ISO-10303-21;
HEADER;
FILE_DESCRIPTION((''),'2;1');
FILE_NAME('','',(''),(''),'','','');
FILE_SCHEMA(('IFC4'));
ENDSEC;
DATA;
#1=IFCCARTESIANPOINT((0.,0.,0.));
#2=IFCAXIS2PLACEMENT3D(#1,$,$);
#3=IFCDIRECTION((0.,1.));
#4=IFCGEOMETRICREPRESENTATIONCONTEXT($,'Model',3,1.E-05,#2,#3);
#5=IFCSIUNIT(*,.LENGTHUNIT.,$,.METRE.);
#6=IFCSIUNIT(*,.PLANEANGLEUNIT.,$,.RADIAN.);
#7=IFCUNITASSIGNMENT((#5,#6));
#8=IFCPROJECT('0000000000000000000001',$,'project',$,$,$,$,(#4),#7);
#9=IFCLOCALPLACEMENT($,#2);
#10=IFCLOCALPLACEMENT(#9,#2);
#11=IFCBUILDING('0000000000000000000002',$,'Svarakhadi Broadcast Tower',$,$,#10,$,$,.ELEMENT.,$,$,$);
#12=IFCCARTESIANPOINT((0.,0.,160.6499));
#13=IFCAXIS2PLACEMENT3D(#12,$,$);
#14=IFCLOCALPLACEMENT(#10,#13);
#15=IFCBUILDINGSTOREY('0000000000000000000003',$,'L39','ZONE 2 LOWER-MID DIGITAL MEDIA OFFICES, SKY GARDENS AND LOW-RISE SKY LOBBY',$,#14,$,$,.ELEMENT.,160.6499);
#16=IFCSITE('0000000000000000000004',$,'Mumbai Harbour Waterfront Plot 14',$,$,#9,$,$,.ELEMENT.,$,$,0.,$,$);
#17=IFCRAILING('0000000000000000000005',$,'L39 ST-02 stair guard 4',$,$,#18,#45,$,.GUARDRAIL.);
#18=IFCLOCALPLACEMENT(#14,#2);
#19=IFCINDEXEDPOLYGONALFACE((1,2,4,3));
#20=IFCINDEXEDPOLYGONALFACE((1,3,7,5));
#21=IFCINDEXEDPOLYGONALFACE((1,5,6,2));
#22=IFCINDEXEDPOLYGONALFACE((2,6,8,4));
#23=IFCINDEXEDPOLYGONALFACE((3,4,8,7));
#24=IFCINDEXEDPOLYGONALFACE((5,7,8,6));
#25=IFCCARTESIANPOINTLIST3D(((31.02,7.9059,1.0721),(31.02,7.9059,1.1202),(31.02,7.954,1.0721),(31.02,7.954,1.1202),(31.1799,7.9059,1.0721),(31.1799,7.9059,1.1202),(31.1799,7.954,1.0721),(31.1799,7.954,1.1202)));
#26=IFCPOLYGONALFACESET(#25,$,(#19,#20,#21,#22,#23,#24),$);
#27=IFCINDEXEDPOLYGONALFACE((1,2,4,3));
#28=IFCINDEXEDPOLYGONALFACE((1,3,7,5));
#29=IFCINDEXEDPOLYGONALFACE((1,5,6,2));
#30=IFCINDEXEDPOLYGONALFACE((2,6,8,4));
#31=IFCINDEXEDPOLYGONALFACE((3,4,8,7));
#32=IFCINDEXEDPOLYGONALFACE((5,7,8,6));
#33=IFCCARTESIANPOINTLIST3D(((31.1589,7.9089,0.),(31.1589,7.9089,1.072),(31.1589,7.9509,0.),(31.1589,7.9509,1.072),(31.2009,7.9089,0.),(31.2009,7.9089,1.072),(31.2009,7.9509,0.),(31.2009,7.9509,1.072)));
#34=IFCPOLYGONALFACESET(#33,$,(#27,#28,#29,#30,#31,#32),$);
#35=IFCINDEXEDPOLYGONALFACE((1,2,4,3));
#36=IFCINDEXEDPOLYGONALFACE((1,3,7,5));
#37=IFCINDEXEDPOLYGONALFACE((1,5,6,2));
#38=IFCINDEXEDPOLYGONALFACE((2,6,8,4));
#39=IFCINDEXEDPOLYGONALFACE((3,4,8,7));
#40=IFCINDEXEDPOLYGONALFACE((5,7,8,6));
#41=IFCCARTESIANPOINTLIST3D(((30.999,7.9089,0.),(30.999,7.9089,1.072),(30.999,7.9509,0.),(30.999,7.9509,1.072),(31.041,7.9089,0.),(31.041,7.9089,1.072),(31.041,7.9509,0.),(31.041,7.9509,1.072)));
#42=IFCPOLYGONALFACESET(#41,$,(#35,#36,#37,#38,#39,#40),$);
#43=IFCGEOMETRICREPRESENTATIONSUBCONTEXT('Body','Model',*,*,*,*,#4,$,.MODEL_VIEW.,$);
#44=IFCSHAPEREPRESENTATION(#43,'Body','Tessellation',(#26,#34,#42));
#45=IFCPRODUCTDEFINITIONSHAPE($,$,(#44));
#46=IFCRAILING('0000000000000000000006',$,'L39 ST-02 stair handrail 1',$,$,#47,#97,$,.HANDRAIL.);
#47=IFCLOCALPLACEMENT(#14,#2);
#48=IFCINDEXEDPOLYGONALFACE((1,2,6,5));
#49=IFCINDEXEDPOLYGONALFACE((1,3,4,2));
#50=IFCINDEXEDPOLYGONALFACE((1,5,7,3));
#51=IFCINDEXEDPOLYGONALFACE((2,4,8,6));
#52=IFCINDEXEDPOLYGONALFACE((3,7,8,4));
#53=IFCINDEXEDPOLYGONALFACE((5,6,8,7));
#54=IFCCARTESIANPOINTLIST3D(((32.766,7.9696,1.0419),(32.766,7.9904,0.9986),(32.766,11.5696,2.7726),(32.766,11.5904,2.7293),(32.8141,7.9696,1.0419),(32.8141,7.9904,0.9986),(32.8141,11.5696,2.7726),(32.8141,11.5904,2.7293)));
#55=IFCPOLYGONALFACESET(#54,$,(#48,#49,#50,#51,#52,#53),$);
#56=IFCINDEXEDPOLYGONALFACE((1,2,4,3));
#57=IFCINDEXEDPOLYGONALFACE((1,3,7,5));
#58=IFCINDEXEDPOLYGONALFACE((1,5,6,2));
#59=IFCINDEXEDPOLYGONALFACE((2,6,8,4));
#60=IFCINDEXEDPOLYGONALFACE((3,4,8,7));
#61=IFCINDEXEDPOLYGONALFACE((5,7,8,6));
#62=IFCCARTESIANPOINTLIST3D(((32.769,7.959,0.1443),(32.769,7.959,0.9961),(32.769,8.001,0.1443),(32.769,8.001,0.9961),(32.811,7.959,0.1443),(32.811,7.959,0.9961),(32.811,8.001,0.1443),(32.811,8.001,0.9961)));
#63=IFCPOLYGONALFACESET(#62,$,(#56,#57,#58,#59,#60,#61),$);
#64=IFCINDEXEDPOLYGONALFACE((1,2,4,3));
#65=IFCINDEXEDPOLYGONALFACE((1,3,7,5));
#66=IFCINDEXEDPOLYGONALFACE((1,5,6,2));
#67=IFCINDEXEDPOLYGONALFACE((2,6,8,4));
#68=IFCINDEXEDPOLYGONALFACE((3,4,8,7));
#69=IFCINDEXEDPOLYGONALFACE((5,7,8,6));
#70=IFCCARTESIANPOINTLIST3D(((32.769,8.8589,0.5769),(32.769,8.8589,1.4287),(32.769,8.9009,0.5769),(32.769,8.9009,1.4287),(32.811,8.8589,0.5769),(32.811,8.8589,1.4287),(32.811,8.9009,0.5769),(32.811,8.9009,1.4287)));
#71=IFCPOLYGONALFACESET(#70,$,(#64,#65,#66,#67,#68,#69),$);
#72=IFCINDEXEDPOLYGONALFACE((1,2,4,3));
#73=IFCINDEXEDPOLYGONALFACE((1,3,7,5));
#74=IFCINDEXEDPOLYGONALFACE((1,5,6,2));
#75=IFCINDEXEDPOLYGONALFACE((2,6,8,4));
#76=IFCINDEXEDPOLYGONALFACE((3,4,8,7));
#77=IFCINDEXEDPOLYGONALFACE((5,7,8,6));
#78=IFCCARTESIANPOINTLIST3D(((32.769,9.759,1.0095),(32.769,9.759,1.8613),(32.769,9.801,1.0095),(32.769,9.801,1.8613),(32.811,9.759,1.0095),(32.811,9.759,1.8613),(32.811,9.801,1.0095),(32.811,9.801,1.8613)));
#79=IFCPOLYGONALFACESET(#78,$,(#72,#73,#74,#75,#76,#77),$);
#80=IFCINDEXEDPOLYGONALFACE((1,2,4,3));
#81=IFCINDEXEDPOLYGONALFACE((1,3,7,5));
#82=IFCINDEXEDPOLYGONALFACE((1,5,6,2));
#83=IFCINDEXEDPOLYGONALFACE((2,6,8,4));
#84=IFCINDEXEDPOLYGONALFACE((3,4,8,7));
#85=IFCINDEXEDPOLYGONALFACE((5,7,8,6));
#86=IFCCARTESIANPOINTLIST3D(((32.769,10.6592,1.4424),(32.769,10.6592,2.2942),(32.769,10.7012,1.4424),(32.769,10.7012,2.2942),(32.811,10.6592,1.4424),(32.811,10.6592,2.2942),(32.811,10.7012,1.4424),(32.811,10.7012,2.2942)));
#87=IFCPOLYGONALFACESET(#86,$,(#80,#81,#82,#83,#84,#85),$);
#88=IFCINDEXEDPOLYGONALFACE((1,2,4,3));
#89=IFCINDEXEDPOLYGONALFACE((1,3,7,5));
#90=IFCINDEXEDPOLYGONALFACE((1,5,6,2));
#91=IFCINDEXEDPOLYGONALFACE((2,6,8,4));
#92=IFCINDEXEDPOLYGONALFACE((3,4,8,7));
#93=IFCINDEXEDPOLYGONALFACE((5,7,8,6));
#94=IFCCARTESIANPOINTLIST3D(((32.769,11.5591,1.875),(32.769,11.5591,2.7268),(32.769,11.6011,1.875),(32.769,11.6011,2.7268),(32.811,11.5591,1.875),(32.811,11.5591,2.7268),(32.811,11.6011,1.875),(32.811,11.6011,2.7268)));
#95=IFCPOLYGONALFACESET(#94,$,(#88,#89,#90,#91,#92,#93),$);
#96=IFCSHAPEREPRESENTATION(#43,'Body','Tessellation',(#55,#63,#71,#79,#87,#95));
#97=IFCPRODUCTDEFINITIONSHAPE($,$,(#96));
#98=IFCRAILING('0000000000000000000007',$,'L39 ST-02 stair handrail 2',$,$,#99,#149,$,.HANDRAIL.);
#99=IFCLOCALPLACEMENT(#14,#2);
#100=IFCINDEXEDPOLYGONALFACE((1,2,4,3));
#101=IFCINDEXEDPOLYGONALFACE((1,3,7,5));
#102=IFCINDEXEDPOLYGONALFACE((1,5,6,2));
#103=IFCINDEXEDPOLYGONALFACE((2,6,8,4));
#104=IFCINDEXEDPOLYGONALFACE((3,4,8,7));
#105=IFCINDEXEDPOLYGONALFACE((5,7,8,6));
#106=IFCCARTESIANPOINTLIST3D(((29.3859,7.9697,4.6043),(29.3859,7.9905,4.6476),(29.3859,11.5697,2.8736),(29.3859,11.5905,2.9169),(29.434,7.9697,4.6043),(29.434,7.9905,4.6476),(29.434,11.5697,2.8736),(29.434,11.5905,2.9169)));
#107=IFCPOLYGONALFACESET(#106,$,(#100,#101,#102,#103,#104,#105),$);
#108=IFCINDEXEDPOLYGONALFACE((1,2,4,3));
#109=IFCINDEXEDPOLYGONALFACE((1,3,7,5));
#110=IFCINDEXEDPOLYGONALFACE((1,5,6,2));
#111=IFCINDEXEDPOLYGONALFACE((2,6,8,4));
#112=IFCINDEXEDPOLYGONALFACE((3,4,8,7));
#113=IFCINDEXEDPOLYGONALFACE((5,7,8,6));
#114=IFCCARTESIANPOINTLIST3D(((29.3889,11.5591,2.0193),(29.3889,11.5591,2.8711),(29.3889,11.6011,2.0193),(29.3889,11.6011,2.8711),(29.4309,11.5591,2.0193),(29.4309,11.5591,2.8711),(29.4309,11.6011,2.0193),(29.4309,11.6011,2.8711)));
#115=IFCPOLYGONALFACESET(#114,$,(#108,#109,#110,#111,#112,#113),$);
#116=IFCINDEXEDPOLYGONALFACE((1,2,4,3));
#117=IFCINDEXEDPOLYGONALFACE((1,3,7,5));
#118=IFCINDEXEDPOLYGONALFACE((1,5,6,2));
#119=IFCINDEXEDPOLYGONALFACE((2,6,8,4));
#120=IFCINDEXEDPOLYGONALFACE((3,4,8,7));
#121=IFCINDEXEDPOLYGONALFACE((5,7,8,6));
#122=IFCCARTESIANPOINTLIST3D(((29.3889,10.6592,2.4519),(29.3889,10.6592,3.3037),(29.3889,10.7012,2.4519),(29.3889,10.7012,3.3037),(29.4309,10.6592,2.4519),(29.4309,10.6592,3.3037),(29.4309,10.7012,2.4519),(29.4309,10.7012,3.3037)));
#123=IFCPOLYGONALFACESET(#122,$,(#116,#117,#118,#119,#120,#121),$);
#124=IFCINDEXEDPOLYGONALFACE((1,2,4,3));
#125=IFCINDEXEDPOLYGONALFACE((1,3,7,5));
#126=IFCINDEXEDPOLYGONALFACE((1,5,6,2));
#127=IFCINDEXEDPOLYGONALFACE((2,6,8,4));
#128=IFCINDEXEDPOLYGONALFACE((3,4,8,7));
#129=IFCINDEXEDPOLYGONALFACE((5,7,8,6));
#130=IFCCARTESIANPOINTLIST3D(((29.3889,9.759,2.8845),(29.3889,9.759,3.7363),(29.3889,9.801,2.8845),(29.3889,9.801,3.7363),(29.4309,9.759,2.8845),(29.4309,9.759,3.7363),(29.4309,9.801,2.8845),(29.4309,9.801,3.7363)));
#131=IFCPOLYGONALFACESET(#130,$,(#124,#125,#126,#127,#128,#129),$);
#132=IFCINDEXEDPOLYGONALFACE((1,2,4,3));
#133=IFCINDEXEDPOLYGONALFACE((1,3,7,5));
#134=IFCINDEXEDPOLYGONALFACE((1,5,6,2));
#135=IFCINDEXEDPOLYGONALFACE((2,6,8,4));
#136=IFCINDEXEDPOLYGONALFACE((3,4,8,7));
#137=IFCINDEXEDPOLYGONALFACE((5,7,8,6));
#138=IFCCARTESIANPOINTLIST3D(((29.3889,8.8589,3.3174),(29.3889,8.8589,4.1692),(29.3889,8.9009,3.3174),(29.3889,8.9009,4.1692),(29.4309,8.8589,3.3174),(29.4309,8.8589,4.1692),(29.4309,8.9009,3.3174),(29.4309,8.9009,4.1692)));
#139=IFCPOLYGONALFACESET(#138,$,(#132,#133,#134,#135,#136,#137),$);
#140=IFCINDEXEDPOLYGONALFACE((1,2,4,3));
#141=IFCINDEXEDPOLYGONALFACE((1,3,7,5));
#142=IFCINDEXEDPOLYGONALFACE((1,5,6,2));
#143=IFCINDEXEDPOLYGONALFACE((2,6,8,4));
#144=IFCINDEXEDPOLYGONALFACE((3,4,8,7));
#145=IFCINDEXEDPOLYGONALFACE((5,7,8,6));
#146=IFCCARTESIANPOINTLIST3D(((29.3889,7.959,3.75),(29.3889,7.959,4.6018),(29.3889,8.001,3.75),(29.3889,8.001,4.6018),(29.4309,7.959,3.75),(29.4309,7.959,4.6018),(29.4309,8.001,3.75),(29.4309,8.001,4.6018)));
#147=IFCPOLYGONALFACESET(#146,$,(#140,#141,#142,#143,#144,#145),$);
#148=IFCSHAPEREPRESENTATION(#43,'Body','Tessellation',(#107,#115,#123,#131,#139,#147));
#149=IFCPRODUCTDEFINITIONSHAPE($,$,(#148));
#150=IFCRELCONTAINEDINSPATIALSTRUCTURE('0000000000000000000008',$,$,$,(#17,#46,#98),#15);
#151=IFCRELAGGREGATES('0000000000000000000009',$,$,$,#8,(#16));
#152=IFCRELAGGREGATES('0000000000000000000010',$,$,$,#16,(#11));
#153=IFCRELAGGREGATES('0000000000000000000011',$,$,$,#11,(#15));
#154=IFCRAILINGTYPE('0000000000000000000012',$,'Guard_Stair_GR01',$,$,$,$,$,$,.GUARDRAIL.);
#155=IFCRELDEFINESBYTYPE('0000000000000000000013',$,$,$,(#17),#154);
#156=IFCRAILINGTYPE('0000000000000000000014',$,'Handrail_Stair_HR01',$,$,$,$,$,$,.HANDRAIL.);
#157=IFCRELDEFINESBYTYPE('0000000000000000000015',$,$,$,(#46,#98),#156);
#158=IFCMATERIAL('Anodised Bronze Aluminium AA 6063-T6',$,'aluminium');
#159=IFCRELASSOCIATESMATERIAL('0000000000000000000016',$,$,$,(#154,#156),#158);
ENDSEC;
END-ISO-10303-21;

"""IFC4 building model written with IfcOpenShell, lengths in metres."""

from ifc_helpers import new_model, si_unit, direction, frame, origin, origin_2d, place, context, subcontext, project, spatial, rectangle, extrude, material, type_object, element, save


model = new_model("IFC4")

# Units and contexts
model_context = context("Model", 3, precision=1e-05, world=origin(), true_north=direction((0.0, 1.0)))
body_context = subcontext(model_context, "Body", "Model", "MODEL_VIEW")
ifc_project = project(units=[si_unit("LENGTHUNIT", "METRE"), si_unit("PLANEANGLEUNIT", "RADIAN")], contexts=[model_context])

# Site, building, storey
site_placement = place(None, origin())
site = spatial("IfcSite", under=ifc_project, at=site_placement, Name="Mumbai Harbour Waterfront Plot 14", CompositionType="ELEMENT", RefElevation=0.0)
building_placement = place(site_placement, origin())
building = spatial("IfcBuilding", under=site, at=building_placement, Name="Svarakhadi Broadcast Tower", CompositionType="ELEMENT")
storey_placement = place(building_placement, frame((0.0, 0.0, 160.6499)))
storey = spatial("IfcBuildingStorey", under=building, at=storey_placement, Name="L39", Description="ZONE 2 LOWER-MID DIGITAL MEDIA OFFICES, SKY GARDENS AND LOW-RISE SKY LOBBY", CompositionType="ELEMENT", Elevation=160.6499)

# Shared definitions
ifc_material_1 = material(Name="Anodised Bronze Aluminium AA 6063-T6", Category="aluminium")

# Railings
railing_type_1 = type_object("IfcRailingType", Name="Guard_Stair_GR01", PredefinedType="GUARDRAIL", material=ifc_material_1)
railing_1_placement = place(storey_placement, frame((31.1799, 7.9299, 0.0)))
element("IfcRailing", 1, at=railing_1_placement, inside=storey, type_object=railing_type_1, Name="L39 ST-02 stair guard 4", PredefinedType="GUARDRAIL", context=body_context, shape_type="SweptSolid", body=[
    extrude(rectangle(XDim=0.0481, YDim=0.0481, at=origin_2d()), frame((0.0, 0.0, 1.0962), z_axis=(-1.0, 0.0, 0.0), x_axis=(0.0, -1.0, 0.0)), (0.0, 0.0, 1.0), 0.1599),
    extrude(rectangle(XDim=0.042, YDim=0.042, at=origin_2d()), origin(), (0.0, 0.0, 1.0), 1.072),
    extrude(rectangle(XDim=0.042, YDim=0.042, at=origin_2d()), frame((-0.1599, 0.0, 0.0)), (0.0, 0.0, 1.0), 1.072),
])
railing_type_2 = type_object("IfcRailingType", Name="Handrail_Stair_HR01", PredefinedType="HANDRAIL", material=ifc_material_1)
railing_2_placement = place(storey_placement, frame((32.79, 7.98, 0.1443)))
element("IfcRailing", 2, at=railing_2_placement, inside=storey, type_object=railing_type_2, Name="L39 ST-02 stair handrail 1", PredefinedType="HANDRAIL", context=body_context, shape_type="SweptSolid", body=[
    extrude(rectangle(XDim=0.0481, YDim=0.0481, at=origin_2d()), frame((0.0, 0.0, 0.876), z_axis=(0.0, 0.901263, 0.433273), x_axis=(-1.0, 0.0, 0.0)), (0.0, 0.0, 1.0), 3.9944),
    extrude(rectangle(XDim=0.042, YDim=0.042, at=origin_2d()), origin(), (0.0, 0.0, 1.0), 0.8518),
    extrude(rectangle(XDim=0.042, YDim=0.042, at=origin_2d()), frame((0.0, 0.8999, 0.4326)), (0.0, 0.0, 1.0), 0.8518),
    extrude(rectangle(XDim=0.042, YDim=0.042, at=origin_2d()), frame((0.0, 1.8, 0.8652)), (0.0, 0.0, 1.0), 0.8518),
    extrude(rectangle(XDim=0.042, YDim=0.042, at=origin_2d()), frame((0.0, 2.7002, 1.2981)), (0.0, 0.0, 1.0), 0.8518),
    extrude(rectangle(XDim=0.042, YDim=0.042, at=origin_2d()), frame((0.0, 3.6001, 1.7307)), (0.0, 0.0, 1.0), 0.8518),
])
railing_3_placement = place(storey_placement, frame((29.4099, 11.5801, 2.0193)))
element("IfcRailing", 3, at=railing_3_placement, inside=storey, type_object=railing_type_2, Name="L39 ST-02 stair handrail 2", PredefinedType="HANDRAIL", context=body_context, shape_type="SweptSolid", body=[
    extrude(rectangle(XDim=0.0481, YDim=0.0481, at=origin_2d()), frame((0.0, 0.0, 0.876), z_axis=(0.0, -0.901263, 0.433273), x_axis=(1.0, 0.0, 0.0)), (0.0, 0.0, 1.0), 3.9944),
    extrude(rectangle(XDim=0.042, YDim=0.042, at=origin_2d()), origin(), (0.0, 0.0, 1.0), 0.8518),
    extrude(rectangle(XDim=0.042, YDim=0.042, at=origin_2d()), frame((0.0, -0.8999, 0.4326)), (0.0, 0.0, 1.0), 0.8518),
    extrude(rectangle(XDim=0.042, YDim=0.042, at=origin_2d()), frame((0.0, -1.8, 0.8652)), (0.0, 0.0, 1.0), 0.8518),
    extrude(rectangle(XDim=0.042, YDim=0.042, at=origin_2d()), frame((0.0, -2.7002, 1.2981)), (0.0, 0.0, 1.0), 0.8518),
    extrude(rectangle(XDim=0.042, YDim=0.042, at=origin_2d()), frame((0.0, -3.6001, 1.7307)), (0.0, 0.0, 1.0), 0.8518),
])

save(model, "model.ifc")
